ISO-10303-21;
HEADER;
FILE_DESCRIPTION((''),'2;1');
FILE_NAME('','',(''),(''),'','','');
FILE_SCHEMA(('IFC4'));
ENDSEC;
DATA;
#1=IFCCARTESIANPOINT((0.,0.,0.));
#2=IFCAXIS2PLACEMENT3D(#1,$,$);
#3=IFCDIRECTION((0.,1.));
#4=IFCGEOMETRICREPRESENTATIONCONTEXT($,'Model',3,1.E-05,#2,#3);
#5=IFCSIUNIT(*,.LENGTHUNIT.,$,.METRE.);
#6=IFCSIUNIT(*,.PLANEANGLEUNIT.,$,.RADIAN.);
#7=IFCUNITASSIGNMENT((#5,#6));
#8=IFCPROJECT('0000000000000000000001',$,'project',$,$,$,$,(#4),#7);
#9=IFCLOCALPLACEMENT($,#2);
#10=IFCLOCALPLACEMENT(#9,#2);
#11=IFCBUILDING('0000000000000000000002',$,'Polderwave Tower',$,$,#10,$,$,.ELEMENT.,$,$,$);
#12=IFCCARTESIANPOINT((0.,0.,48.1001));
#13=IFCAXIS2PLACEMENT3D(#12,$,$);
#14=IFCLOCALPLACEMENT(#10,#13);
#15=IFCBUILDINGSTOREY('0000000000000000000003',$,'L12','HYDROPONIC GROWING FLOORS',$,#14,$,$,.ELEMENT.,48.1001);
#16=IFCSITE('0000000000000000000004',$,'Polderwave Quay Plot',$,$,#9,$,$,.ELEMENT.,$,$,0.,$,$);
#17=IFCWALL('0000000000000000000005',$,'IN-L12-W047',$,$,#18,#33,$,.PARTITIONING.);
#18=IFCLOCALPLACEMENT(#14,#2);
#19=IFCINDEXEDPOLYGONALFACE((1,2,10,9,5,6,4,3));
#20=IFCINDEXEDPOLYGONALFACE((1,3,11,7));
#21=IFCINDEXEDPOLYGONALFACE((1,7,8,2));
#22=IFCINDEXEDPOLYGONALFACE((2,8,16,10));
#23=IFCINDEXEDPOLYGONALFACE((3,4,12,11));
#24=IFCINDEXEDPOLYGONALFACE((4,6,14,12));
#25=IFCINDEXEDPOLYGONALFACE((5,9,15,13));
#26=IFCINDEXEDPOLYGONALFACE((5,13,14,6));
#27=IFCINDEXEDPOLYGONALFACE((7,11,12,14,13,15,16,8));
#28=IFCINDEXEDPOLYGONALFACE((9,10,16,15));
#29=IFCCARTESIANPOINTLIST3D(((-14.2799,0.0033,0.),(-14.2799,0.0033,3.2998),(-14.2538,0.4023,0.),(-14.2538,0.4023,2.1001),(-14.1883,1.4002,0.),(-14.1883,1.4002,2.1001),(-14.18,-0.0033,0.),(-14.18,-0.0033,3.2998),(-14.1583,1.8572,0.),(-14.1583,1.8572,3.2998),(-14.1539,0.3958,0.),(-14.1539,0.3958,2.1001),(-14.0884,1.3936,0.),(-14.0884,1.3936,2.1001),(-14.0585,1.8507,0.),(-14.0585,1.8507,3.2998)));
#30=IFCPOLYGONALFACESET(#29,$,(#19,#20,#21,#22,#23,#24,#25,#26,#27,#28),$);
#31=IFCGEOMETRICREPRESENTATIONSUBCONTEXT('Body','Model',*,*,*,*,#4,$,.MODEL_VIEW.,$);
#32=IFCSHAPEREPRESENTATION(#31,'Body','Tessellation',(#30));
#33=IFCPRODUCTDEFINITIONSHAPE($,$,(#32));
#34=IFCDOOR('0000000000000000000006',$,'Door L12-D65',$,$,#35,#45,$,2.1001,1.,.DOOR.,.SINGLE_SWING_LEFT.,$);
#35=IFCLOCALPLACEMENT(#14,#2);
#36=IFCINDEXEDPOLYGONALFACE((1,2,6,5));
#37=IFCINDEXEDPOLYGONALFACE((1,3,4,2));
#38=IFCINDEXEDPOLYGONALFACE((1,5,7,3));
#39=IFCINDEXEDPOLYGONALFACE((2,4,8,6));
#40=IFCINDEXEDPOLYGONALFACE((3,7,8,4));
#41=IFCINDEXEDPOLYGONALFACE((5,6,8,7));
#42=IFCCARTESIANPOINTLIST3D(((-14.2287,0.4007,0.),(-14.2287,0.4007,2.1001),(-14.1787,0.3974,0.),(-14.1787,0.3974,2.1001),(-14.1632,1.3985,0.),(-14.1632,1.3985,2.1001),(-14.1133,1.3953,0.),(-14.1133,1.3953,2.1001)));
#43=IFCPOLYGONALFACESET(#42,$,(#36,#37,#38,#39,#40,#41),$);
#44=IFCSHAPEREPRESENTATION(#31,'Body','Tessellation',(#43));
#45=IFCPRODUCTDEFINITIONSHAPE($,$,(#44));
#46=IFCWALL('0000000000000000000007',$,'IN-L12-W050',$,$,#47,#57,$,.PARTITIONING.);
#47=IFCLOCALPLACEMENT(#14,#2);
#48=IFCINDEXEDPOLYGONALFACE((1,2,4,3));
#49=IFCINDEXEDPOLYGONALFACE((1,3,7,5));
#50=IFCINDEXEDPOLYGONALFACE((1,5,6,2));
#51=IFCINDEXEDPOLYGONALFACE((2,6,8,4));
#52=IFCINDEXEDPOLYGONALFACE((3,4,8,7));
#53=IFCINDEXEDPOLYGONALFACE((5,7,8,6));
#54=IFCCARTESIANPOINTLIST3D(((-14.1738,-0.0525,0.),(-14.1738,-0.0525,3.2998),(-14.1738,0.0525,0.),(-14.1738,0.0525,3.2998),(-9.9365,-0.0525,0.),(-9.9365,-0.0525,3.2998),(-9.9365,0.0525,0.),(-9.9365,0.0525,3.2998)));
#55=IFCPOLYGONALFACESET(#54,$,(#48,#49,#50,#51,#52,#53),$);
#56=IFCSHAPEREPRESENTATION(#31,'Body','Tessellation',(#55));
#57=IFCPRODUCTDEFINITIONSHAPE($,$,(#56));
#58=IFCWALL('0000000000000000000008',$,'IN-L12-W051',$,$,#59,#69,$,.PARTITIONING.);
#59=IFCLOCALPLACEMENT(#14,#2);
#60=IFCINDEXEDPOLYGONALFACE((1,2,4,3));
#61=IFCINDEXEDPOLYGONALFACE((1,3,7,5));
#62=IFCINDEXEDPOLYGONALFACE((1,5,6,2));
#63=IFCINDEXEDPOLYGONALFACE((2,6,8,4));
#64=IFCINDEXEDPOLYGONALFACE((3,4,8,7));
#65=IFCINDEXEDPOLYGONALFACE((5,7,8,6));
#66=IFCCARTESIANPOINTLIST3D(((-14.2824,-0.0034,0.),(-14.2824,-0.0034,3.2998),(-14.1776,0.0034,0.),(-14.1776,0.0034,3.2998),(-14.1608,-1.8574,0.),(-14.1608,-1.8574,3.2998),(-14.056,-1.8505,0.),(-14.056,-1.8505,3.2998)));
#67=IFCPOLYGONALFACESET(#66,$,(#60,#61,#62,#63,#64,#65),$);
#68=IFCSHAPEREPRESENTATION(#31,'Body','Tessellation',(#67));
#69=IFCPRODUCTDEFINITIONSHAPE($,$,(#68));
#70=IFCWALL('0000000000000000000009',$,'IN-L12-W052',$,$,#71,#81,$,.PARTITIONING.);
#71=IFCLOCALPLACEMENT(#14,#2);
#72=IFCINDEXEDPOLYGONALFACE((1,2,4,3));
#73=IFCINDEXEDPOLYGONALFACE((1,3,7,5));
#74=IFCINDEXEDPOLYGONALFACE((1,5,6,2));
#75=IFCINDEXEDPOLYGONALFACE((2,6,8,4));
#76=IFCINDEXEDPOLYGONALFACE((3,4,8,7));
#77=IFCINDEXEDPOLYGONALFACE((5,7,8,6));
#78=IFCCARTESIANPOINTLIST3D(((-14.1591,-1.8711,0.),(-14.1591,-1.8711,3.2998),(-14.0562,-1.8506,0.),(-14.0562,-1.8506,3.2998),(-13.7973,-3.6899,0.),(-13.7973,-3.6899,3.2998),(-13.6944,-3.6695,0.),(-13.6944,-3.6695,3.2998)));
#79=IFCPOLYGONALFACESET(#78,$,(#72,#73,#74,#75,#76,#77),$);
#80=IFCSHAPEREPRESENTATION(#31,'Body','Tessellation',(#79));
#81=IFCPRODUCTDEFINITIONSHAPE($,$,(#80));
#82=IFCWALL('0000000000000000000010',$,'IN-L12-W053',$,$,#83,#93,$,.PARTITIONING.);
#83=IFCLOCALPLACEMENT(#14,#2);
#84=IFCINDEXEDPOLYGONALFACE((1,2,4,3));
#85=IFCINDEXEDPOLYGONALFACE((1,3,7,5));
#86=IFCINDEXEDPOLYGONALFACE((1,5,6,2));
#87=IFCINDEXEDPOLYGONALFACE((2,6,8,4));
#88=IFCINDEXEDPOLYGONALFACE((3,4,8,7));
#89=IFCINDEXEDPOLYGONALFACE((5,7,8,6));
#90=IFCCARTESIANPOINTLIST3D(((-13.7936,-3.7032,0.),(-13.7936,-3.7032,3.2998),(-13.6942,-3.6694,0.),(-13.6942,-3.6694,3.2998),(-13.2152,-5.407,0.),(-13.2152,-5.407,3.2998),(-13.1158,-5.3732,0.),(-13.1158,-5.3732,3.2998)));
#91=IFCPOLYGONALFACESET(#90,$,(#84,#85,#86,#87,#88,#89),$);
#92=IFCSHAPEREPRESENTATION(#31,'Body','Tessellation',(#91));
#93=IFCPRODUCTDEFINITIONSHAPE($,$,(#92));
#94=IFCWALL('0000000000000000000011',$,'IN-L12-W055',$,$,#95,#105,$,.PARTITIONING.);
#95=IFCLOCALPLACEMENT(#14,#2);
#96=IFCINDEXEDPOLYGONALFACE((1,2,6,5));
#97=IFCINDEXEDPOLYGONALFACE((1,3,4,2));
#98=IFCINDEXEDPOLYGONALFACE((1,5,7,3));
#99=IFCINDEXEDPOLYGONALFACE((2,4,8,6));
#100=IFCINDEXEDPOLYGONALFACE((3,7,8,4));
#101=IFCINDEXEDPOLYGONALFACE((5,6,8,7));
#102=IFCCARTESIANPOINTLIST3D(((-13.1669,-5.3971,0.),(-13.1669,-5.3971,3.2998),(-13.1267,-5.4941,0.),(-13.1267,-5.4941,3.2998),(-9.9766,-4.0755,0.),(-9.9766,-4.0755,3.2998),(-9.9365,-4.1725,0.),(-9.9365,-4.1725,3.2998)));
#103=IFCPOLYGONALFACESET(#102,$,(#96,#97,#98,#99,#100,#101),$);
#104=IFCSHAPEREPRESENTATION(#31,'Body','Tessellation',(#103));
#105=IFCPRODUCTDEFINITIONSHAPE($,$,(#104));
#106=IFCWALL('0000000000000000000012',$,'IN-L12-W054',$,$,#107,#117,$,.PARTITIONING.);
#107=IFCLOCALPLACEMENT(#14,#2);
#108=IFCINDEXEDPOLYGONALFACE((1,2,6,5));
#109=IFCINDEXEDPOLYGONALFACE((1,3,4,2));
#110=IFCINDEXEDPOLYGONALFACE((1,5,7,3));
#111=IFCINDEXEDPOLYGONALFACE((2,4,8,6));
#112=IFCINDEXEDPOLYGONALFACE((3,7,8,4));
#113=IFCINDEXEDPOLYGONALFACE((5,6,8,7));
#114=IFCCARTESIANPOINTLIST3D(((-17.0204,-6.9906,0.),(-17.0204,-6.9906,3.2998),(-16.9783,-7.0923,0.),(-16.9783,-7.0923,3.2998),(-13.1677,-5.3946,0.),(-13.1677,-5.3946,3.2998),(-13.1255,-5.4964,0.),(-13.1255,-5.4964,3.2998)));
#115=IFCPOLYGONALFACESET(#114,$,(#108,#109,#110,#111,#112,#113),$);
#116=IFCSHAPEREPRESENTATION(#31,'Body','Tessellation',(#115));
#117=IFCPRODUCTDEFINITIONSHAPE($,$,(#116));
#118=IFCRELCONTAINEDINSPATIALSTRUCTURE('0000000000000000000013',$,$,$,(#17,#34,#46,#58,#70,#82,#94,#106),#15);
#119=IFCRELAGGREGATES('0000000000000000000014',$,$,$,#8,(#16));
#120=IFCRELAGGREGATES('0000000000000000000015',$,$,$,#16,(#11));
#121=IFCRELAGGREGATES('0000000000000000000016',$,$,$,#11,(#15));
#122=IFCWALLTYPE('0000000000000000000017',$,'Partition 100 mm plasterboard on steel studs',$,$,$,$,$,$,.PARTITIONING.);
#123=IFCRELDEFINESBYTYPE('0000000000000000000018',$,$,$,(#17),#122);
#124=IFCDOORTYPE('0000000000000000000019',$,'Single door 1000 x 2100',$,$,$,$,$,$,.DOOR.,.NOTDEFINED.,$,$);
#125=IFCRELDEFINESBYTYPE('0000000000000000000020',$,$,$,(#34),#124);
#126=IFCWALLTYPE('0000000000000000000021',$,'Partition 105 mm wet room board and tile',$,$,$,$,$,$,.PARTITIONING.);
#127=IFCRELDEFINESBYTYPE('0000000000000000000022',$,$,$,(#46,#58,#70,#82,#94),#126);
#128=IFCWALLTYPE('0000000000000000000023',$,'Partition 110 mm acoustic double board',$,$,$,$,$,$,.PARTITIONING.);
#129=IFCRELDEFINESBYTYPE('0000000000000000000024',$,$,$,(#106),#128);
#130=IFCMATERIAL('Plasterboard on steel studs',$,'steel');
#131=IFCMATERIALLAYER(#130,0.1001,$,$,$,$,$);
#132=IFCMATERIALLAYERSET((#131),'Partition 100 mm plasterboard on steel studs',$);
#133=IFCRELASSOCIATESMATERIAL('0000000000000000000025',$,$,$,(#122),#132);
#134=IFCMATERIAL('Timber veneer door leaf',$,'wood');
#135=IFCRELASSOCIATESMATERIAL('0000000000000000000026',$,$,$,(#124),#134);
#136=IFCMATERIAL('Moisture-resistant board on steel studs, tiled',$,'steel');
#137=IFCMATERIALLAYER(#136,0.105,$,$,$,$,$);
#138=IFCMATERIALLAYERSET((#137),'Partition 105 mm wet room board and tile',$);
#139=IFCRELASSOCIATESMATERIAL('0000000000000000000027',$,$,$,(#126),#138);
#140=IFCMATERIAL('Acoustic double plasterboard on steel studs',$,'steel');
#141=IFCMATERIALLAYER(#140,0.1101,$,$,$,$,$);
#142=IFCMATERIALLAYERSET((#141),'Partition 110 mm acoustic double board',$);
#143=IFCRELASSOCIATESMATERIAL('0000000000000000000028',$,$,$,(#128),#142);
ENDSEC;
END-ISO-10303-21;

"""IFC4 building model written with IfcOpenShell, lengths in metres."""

from ifc_helpers import new_model, si_unit, direction, frame, frame_2d, origin, place, context, subcontext, project, spatial, rectangle, extrude, material, layer, layer_set, type_object, element, fill, save


model = new_model("IFC4")

# Units and contexts
model_context = context("Model", 3, precision=1e-05, world=origin(), true_north=direction((0.0, 1.0)))
body_context = subcontext(model_context, "Body", "Model", "MODEL_VIEW")
ifc_project = project(units=[si_unit("LENGTHUNIT", "METRE"), si_unit("PLANEANGLEUNIT", "RADIAN")], contexts=[model_context])

# Site, building, storey
site_placement = place(None, origin())
site = spatial("IfcSite", under=ifc_project, at=site_placement, Name="Polderwave Quay Plot", CompositionType="ELEMENT", RefElevation=0.0)
building_placement = place(site_placement, origin())
building = spatial("IfcBuilding", under=site, at=building_placement, Name="Polderwave Tower", CompositionType="ELEMENT")
storey_placement = place(building_placement, frame((0.0, 0.0, 48.1001)))
storey = spatial("IfcBuildingStorey", under=building, at=storey_placement, Name="L12", Description="HYDROPONIC GROWING FLOORS", CompositionType="ELEMENT", Elevation=48.1001)

# Wall, opening, door
ifc_material_1 = material(Name="Plasterboard on steel studs", Category="steel")
ifc_layer_1 = layer(ifc_material_1, 0.1001)
ifc_layer_set_1 = layer_set([ifc_layer_1], Name="Partition 100 mm plasterboard on steel studs")
wall_type_1 = type_object("IfcWallType", Name="Partition 100 mm plasterboard on steel studs", PredefinedType="PARTITIONING", material=ifc_layer_set_1)
wall_1_placement = place(storey_placement, frame((-14.23, 0.0, 0.0), z_axis=(0.0, 0.0, 1.0), x_axis=(0.065438, 0.997857, 0.0)))
wall_1 = element("IfcWall", 1, at=wall_1_placement, inside=storey, type_object=wall_type_1, Name="IN-L12-W047", PredefinedType="PARTITIONING", context=body_context, shape_type="SweptSolid", body=[
    extrude(rectangle(XDim=1.8579, YDim=0.1001, at=frame_2d((0.929, 0.0))), origin(), (0.0, 0.0, 1.0), 3.2998),
])
opening_1_placement = place(wall_1_placement, frame((0.3999, 0.0, 0.0)))
opening_1 = element("IfcOpeningElement", 2, at=opening_1_placement, cuts=wall_1, PredefinedType="OPENING", context=body_context, shape_type="SweptSolid", body=[
    extrude(rectangle(XDim=1.0, YDim=2.1001, at=frame_2d((0.5, 1.05))), frame((0.0, 0.0601, 0.0), z_axis=(0.0, -1.0, 0.0), x_axis=(1.0, 0.0, 0.0)), (0.0, 0.0, 1.0), 0.1201),
])
ifc_material_2 = material(Name="Timber veneer door leaf", Category="wood")
door_type_1 = type_object("IfcDoorType", Name="Single door 1000 x 2100", OperationType="NOTDEFINED", PredefinedType="DOOR", material=ifc_material_2)
door_1_placement = place(opening_1_placement, origin())
door_1 = element("IfcDoor", 3, at=door_1_placement, inside=storey, type_object=door_type_1, Name="Door L12-D65", OperationType="SINGLE_SWING_LEFT", OverallHeight=2.1001, OverallWidth=1.0, PredefinedType="DOOR", context=body_context, shape_type="SweptSolid", body=[
    extrude(rectangle(XDim=1.0, YDim=2.1001, at=frame_2d((0.5, 1.05))), frame((0.0, 0.0249, 0.0), z_axis=(0.0, -1.0, 0.0), x_axis=(1.0, 0.0, 0.0)), (0.0, 0.0, 1.0), 0.05),
])
fill(opening_1, door_1)

# Walls
ifc_material_3 = material(Name="Moisture-resistant board on steel studs, tiled", Category="steel")
ifc_layer_2 = layer(ifc_material_3, 0.105)
ifc_layer_set_2 = layer_set([ifc_layer_2], Name="Partition 105 mm wet room board and tile")
wall_type_2 = type_object("IfcWallType", Name="Partition 105 mm wet room board and tile", PredefinedType="PARTITIONING", material=ifc_layer_set_2)
wall_2_placement = place(storey_placement, frame((-9.9365, 0.0, 0.0), z_axis=(0.0, 0.0, 1.0), x_axis=(-1.0, 0.0, 0.0)))
element("IfcWall", 4, at=wall_2_placement, inside=storey, type_object=wall_type_2, Name="IN-L12-W050", PredefinedType="PARTITIONING", context=body_context, shape_type="SweptSolid", body=[
    extrude(rectangle(XDim=4.2373, YDim=0.105, at=frame_2d((2.1187, 0.0))), origin(), (0.0, 0.0, 1.0), 3.2998),
])
wall_3_placement = place(storey_placement, frame((-14.23, 0.0, 0.0), z_axis=(0.0, 0.0, 1.0), x_axis=(0.065438, -0.997857, 0.0)))
element("IfcWall", 5, at=wall_3_placement, inside=storey, type_object=wall_type_2, Name="IN-L12-W051", PredefinedType="PARTITIONING", context=body_context, shape_type="SweptSolid", body=[
    extrude(rectangle(XDim=1.8579, YDim=0.105, at=frame_2d((0.929, 0.0))), origin(), (0.0, 0.0, 1.0), 3.2998),
])
wall_4_placement = place(storey_placement, frame((-14.1077, -1.8608, 0.0), z_axis=(0.0, 0.0, 1.0), x_axis=(0.195103, -0.980783, 0.0)))
element("IfcWall", 6, at=wall_4_placement, inside=storey, type_object=wall_type_2, Name="IN-L12-W052", PredefinedType="PARTITIONING", context=body_context, shape_type="SweptSolid", body=[
    extrude(rectangle(XDim=1.8545, YDim=0.105, at=frame_2d((0.9272, 0.0))), origin(), (0.0, 0.0, 1.0), 3.2998),
])
wall_5_placement = place(storey_placement, frame((-13.7439, -3.6863, 0.0), z_axis=(0.0, 0.0, 1.0), x_axis=(0.321433, -0.946932, 0.0)))
element("IfcWall", 7, at=wall_5_placement, inside=storey, type_object=wall_type_2, Name="IN-L12-W053", PredefinedType="PARTITIONING", context=body_context, shape_type="SweptSolid", body=[
    extrude(rectangle(XDim=1.7993, YDim=0.105, at=frame_2d((0.8997, 0.0))), origin(), (0.0, 0.0, 1.0), 3.2998),
])
wall_6_placement = place(storey_placement, frame((-9.9565, -4.124, 0.0), z_axis=(0.0, 0.0, 1.0), x_axis=(-0.923868, -0.382712, 0.0)))
element("IfcWall", 8, at=wall_6_placement, inside=storey, type_object=wall_type_2, Name="IN-L12-W055", PredefinedType="PARTITIONING", context=body_context, shape_type="SweptSolid", body=[
    extrude(rectangle(XDim=3.4531, YDim=0.105, at=frame_2d((1.7266, 0.0))), origin(), (0.0, 0.0, 1.0), 3.2998),
])
ifc_material_4 = material(Name="Acoustic double plasterboard on steel studs", Category="steel")
ifc_layer_3 = layer(ifc_material_4, 0.1101)
ifc_layer_set_3 = layer_set([ifc_layer_3], Name="Partition 110 mm acoustic double board")
wall_type_3 = type_object("IfcWallType", Name="Partition 110 mm acoustic double board", PredefinedType="PARTITIONING", material=ifc_layer_set_3)
wall_7_placement = place(storey_placement, frame((-13.1467, -5.4456, 0.0), z_axis=(0.0, 0.0, 1.0), x_axis=(-0.923873, -0.382698, 0.0)))
element("IfcWall", 9, at=wall_7_placement, inside=storey, type_object=wall_type_3, Name="IN-L12-W054", PredefinedType="PARTITIONING", context=body_context, shape_type="SweptSolid", body=[
    extrude(rectangle(XDim=4.1702, YDim=0.1101, at=frame_2d((2.085, 0.0))), origin(), (0.0, 0.0, 1.0), 3.2998),
])

save(model, "model.ifc")
